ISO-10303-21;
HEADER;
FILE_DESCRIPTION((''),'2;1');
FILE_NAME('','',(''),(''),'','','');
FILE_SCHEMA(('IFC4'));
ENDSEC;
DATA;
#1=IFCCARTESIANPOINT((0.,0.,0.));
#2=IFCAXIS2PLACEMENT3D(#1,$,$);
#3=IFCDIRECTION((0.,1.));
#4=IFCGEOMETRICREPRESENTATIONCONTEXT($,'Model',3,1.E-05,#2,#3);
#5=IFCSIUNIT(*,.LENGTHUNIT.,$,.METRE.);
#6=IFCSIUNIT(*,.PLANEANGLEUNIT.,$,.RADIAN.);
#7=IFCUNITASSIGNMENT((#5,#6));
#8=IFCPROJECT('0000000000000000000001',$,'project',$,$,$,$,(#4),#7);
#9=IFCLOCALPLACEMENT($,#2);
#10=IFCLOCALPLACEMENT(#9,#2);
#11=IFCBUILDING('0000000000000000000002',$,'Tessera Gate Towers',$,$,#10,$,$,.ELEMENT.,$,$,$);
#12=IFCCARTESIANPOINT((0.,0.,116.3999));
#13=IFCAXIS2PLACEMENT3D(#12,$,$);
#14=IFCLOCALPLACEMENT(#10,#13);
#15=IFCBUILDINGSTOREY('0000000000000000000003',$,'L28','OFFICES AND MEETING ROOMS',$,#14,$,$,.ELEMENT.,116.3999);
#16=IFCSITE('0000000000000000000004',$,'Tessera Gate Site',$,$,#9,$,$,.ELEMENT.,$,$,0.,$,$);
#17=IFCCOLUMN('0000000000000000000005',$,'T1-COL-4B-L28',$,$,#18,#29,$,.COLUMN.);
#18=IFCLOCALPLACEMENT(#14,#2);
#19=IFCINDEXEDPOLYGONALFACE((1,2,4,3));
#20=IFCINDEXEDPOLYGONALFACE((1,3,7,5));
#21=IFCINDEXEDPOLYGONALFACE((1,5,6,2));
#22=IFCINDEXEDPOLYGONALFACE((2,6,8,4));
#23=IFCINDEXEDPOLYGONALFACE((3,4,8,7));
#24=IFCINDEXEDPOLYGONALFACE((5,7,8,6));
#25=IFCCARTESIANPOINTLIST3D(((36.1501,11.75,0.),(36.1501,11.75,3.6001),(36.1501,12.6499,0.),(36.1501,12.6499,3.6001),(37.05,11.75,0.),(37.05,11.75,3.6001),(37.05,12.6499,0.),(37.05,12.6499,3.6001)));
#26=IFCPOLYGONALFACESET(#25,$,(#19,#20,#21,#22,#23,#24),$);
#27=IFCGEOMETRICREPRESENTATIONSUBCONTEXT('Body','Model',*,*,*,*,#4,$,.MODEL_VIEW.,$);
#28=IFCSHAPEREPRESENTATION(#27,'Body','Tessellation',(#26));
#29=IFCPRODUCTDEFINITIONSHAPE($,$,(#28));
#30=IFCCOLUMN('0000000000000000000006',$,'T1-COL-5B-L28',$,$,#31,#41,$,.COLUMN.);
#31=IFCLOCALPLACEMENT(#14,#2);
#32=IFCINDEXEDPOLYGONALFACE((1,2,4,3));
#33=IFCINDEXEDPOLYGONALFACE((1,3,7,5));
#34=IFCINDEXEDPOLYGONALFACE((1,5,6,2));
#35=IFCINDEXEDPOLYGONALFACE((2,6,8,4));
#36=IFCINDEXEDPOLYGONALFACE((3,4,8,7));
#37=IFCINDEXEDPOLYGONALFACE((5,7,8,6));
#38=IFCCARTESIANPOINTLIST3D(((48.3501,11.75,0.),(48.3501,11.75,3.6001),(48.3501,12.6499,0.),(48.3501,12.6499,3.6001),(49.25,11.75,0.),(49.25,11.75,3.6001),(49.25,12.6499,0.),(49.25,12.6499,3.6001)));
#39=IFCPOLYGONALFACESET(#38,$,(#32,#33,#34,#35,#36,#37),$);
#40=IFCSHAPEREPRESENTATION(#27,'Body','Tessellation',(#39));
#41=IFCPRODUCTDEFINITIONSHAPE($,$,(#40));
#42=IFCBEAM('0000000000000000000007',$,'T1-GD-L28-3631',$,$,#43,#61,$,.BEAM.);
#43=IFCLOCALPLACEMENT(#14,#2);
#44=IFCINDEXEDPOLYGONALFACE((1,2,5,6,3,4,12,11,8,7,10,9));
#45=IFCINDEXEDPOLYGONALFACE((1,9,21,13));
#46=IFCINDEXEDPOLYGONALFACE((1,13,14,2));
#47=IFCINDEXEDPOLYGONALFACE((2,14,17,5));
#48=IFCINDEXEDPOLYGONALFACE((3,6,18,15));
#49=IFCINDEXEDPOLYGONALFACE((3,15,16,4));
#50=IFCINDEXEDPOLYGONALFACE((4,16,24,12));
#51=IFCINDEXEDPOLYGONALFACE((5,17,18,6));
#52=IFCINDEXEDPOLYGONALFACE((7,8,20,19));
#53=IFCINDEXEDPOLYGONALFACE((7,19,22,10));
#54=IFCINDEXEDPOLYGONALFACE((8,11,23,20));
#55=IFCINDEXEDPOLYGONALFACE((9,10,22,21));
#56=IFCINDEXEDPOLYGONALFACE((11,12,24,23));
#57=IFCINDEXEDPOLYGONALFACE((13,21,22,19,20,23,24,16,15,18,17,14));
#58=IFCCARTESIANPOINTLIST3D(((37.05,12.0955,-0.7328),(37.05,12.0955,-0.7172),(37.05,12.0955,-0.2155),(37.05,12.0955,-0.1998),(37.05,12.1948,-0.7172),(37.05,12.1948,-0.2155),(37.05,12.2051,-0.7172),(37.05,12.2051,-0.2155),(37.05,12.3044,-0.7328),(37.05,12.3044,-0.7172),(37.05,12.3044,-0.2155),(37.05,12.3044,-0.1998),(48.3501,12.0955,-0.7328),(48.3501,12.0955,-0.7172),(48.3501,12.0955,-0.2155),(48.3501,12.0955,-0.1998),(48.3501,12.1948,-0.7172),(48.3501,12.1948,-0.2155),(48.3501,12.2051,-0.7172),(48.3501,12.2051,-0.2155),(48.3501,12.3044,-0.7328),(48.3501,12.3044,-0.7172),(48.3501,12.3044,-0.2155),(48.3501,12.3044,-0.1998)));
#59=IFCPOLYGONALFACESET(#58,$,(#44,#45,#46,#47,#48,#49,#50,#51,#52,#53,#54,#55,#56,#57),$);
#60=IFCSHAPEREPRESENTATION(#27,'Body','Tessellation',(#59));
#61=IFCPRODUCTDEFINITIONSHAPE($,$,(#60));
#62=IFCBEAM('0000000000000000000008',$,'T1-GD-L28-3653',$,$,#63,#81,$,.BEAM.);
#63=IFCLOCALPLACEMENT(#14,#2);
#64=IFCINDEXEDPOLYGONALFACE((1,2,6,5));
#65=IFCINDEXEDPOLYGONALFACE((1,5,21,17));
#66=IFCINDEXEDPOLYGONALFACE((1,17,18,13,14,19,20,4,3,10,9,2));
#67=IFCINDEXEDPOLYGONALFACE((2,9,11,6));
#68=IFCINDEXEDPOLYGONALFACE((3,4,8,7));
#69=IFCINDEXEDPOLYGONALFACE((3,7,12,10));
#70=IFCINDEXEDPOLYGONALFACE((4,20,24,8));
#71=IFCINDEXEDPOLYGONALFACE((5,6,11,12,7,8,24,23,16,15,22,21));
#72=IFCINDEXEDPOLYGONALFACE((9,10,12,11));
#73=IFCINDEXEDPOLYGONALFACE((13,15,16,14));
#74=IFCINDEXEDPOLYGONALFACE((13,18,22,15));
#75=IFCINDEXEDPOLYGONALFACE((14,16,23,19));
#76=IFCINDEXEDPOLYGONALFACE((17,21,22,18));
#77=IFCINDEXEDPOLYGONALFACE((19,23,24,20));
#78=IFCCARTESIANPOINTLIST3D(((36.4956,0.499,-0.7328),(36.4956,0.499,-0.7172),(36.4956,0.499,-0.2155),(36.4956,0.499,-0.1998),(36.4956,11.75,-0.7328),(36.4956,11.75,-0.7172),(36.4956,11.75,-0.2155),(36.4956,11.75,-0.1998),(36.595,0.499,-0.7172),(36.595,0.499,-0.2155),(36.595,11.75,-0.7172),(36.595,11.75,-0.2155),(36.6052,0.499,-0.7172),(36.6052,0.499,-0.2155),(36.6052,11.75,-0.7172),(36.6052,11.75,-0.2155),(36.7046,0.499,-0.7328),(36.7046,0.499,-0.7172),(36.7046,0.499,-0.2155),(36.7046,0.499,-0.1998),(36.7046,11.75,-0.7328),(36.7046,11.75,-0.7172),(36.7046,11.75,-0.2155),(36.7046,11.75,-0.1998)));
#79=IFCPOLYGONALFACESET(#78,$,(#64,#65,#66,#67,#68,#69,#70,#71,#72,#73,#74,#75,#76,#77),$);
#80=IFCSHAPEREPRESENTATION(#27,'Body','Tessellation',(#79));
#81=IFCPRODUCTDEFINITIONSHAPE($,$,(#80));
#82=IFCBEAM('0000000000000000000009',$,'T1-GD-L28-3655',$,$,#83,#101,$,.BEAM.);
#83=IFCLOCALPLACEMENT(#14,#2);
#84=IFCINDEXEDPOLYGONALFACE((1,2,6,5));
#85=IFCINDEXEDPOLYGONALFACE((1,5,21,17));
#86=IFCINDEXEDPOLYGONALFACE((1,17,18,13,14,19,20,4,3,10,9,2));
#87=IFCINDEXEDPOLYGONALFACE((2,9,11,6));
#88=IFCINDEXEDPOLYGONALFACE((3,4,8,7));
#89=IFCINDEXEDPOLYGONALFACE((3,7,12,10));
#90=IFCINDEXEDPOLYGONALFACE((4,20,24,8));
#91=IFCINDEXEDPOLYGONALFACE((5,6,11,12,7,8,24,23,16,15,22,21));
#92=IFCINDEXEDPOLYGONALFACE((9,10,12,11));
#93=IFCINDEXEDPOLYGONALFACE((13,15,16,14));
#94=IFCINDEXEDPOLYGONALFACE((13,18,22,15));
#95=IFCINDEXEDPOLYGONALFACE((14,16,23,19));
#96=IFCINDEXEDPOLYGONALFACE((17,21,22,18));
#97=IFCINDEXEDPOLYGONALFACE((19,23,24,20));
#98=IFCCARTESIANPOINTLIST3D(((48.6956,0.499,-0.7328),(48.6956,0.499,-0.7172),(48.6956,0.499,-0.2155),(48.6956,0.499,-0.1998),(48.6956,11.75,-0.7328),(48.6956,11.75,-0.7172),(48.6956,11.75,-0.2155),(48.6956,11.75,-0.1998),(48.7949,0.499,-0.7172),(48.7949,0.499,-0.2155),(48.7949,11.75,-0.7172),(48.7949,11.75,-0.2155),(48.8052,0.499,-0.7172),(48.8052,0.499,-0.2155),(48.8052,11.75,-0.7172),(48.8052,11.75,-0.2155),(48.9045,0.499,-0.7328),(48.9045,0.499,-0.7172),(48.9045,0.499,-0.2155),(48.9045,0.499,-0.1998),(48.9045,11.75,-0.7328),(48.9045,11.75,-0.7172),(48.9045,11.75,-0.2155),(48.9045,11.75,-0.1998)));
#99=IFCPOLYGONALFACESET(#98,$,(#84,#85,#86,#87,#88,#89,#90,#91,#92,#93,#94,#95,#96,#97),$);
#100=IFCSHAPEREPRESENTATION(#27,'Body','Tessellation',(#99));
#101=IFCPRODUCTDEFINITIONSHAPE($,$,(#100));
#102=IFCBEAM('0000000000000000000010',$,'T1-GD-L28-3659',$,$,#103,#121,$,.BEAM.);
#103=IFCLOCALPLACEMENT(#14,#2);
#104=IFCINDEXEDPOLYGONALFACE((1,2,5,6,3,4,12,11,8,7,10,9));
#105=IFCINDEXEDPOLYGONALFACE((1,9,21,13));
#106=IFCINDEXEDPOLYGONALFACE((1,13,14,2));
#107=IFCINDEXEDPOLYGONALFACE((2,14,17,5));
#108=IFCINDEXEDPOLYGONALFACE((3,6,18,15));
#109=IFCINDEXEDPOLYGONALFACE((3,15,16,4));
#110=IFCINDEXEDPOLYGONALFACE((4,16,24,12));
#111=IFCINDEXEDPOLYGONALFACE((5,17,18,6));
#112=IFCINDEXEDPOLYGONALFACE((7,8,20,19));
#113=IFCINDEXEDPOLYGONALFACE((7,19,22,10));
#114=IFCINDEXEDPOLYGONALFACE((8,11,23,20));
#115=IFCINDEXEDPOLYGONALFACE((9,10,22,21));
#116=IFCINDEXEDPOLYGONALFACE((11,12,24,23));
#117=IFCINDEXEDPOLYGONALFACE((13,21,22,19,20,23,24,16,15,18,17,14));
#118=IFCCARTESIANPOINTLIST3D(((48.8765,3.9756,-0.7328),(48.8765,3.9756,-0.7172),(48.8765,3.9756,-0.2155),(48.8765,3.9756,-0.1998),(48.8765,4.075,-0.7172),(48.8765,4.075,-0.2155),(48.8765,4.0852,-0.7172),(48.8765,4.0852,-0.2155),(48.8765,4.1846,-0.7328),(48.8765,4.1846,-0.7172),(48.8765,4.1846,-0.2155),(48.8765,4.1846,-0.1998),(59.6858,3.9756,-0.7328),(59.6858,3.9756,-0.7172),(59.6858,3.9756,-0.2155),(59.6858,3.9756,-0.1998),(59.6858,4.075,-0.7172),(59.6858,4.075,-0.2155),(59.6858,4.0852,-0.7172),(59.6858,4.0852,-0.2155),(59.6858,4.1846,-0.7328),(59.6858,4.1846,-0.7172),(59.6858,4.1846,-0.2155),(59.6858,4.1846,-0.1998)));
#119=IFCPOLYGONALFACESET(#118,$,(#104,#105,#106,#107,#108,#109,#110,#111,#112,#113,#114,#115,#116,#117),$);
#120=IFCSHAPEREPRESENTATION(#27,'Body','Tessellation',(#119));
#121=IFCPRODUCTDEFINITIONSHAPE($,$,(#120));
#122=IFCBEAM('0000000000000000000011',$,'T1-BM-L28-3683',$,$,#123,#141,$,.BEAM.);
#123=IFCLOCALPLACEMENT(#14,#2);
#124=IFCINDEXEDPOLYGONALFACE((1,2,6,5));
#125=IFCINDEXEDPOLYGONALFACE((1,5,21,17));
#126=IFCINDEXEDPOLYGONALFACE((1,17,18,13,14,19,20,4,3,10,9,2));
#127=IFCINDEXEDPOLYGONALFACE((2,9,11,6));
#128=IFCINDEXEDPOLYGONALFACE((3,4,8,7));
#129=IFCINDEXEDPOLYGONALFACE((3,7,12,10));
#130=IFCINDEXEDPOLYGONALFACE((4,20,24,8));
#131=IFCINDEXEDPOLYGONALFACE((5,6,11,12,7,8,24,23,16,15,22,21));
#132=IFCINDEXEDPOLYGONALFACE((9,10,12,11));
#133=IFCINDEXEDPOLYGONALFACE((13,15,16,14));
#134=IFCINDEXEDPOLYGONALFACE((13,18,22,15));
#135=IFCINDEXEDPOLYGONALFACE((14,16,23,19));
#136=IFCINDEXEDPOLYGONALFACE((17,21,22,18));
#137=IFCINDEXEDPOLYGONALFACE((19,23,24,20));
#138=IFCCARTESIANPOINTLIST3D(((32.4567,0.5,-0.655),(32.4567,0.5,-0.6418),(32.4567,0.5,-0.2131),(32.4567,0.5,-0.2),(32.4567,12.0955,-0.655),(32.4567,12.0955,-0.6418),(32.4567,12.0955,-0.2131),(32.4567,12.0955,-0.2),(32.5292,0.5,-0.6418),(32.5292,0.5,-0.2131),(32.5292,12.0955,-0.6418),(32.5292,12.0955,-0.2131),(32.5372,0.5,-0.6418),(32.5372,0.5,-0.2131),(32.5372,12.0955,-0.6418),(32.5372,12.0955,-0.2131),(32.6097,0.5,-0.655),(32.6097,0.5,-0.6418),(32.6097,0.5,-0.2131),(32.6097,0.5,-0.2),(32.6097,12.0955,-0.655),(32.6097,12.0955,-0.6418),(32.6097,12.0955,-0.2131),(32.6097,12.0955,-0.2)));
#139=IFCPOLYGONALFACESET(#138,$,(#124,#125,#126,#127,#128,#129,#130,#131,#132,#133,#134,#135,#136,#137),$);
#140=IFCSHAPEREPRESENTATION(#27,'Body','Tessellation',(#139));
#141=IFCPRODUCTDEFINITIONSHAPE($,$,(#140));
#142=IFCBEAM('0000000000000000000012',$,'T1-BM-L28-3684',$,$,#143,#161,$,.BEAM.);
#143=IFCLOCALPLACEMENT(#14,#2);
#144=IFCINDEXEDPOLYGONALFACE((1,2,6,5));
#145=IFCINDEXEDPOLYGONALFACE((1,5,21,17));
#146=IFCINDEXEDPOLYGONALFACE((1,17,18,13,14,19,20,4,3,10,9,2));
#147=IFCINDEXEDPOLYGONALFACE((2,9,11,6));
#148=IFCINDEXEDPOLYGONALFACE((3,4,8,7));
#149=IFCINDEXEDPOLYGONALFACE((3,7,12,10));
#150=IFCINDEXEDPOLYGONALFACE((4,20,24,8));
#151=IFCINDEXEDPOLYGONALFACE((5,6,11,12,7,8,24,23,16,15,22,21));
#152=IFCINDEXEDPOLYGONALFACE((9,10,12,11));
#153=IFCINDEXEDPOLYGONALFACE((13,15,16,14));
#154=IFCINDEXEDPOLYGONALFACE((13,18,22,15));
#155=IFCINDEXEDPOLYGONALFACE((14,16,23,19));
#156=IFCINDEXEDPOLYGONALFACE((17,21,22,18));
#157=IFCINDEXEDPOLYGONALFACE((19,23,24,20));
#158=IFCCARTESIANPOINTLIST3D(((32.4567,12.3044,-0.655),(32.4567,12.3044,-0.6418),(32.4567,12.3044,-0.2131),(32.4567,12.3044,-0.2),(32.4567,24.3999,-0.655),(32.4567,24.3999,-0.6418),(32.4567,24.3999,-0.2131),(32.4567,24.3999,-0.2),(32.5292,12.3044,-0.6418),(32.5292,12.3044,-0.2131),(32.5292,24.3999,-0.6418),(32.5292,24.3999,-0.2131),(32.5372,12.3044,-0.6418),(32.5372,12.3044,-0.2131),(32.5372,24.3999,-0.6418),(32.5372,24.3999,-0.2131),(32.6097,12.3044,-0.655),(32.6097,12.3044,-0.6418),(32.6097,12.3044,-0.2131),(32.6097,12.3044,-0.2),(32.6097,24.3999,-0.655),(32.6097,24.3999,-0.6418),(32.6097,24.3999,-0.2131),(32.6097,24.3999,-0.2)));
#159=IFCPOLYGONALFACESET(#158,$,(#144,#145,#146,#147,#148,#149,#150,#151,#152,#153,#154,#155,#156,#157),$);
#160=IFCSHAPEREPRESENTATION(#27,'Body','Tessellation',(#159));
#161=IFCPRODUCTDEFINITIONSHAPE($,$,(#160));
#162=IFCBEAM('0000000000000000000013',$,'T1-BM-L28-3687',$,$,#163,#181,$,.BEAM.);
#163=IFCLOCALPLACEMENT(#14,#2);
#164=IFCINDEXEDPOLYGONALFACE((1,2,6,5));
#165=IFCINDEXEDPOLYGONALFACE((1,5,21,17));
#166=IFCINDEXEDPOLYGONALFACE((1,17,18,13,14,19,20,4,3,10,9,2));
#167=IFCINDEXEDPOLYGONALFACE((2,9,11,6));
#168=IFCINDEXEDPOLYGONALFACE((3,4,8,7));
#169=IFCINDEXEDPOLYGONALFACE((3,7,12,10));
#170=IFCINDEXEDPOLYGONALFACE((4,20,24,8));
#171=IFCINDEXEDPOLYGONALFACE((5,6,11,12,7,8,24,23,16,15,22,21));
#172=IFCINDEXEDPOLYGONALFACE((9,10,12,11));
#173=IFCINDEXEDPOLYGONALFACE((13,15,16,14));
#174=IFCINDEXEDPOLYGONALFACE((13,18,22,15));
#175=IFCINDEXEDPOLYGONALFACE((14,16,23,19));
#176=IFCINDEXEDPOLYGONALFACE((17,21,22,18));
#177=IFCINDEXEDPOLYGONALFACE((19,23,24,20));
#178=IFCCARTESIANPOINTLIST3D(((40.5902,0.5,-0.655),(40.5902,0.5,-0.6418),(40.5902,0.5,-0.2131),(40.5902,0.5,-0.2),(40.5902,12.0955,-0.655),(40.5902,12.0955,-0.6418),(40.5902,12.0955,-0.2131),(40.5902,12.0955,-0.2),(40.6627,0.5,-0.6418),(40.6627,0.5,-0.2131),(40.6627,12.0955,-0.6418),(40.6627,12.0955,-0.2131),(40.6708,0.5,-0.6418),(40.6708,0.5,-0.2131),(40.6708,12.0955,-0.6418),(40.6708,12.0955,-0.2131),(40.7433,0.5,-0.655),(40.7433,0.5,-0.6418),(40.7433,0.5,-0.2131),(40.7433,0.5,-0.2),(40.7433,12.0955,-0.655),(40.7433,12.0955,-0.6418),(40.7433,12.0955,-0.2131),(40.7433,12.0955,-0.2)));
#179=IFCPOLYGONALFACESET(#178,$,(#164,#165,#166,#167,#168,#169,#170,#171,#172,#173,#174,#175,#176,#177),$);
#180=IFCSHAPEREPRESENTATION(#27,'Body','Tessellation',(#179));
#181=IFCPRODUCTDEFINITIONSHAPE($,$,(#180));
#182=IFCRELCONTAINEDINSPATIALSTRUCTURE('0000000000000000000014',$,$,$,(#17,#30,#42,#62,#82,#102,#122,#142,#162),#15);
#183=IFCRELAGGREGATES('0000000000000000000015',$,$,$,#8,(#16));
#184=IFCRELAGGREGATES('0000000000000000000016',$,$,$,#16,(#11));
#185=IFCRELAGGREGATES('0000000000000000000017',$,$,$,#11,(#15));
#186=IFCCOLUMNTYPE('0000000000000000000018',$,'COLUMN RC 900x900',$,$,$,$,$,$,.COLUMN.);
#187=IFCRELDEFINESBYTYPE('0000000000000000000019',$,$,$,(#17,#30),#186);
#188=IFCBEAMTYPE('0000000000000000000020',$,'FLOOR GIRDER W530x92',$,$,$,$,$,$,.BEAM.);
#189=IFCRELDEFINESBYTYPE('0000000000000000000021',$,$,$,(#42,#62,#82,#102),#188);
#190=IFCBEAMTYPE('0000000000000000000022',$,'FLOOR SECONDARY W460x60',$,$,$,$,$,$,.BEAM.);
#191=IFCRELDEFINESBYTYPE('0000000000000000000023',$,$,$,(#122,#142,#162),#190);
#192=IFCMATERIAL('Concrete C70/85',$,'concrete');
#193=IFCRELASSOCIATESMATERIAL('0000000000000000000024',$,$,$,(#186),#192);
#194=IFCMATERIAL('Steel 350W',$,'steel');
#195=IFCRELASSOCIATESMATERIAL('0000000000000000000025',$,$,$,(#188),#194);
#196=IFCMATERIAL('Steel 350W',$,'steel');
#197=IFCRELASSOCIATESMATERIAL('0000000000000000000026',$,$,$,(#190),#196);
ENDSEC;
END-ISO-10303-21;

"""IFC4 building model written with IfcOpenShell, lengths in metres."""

from ifc_helpers import new_model, si_unit, direction, frame, origin, origin_2d, place, context, subcontext, project, spatial, rectangle, i_section, extrude, material, material_profile, profile_set, type_object, element, save


model = new_model("IFC4")

# Units and contexts
model_context = context("Model", 3, precision=1e-05, world=origin(), true_north=direction((0.0, 1.0)))
body_context = subcontext(model_context, "Body", "Model", "MODEL_VIEW")
ifc_project = project(units=[si_unit("LENGTHUNIT", "METRE"), si_unit("PLANEANGLEUNIT", "RADIAN")], contexts=[model_context])

# Site, building, storey
site_placement = place(None, origin())
site = spatial("IfcSite", under=ifc_project, at=site_placement, Name="Tessera Gate Site", CompositionType="ELEMENT", RefElevation=0.0)
building_placement = place(site_placement, origin())
building = spatial("IfcBuilding", under=site, at=building_placement, Name="Tessera Gate Towers", CompositionType="ELEMENT")
storey_placement = place(building_placement, frame((0.0, 0.0, 116.3999)))
storey = spatial("IfcBuildingStorey", under=building, at=storey_placement, Name="L28", Description="OFFICES AND MEETING ROOMS", CompositionType="ELEMENT", Elevation=116.3999)

# Columns
ifc_material_1 = material(Name="Concrete C70/85", Category="concrete")
ifc_material_profile_1 = material_profile(ifc_material_1, rectangle(XDim=0.8999, YDim=0.8999, at=origin_2d()), Name="RC 900x900")
ifc_profile_set_1 = profile_set([ifc_material_profile_1], Name="Concrete C70/85")
column_type = type_object("IfcColumnType", Name="COLUMN RC 900x900", PredefinedType="COLUMN", material=ifc_profile_set_1)
for number, where, z_axis, x_axis, name in (
    (1, (36.6001, 12.2, 0.0), (0.0, 0.0, 1.0), (1.0, 0.0, 0.0), "T1-COL-4B-L28"),
    (2, (48.8, 12.2, 0.0), (0.0, 0.0, 1.0), (1.0, 0.0, 0.0), "T1-COL-5B-L28"),
):
    element("IfcColumn", number, at=place(storey_placement, frame(where, z_axis=z_axis, x_axis=x_axis)), inside=storey, type_object=column_type, Name=name, PredefinedType="COLUMN", context=body_context, shape_type="SweptSolid", body=[
        extrude(rectangle(XDim=0.8999, YDim=0.8999, at=origin_2d()), origin(), (0.0, 0.0, 1.0), 3.6001),
    ])

# Beams
ifc_material_2 = material(Name="Steel 350W", Category="steel")
ifc_material_profile_2 = material_profile(ifc_material_2, i_section(OverallWidth=0.209, OverallDepth=0.533, WebThickness=0.0103, FlangeThickness=0.0156, at=origin_2d()), Name="W530x92")
ifc_profile_set_2 = profile_set([ifc_material_profile_2], Name="Steel 350W")
beam_type_1 = type_object("IfcBeamType", Name="FLOOR GIRDER W530x92", PredefinedType="BEAM", material=ifc_profile_set_2)
beam_1_placement = place(storey_placement, frame((37.05, 12.2, -0.4663), z_axis=(1.0, 0.0, 0.0), x_axis=(0.0, 1.0, 0.0)))
element("IfcBeam", 3, at=beam_1_placement, inside=storey, type_object=beam_type_1, Name="T1-GD-L28-3631", PredefinedType="BEAM", context=body_context, shape_type="SweptSolid", body=[
    extrude(i_section(OverallWidth=0.209, OverallDepth=0.533, WebThickness=0.0103, FlangeThickness=0.0156, at=origin_2d()), origin(), (0.0, 0.0, 1.0), 11.3),
])
for number, where, z_axis, x_axis, name in (
    (4, (36.6001, 0.499, -0.4663), (0.0, 1.0, 0.0), (-1.0, 0.0, 0.0), "T1-GD-L28-3653"),
    (5, (48.8, 0.499, -0.4663), (0.0, 1.0, 0.0), (-1.0, 0.0, 0.0), "T1-GD-L28-3655"),
):
    element("IfcBeam", number, at=place(storey_placement, frame(where, z_axis=z_axis, x_axis=x_axis)), inside=storey, type_object=beam_type_1, Name=name, PredefinedType="BEAM", context=body_context, shape_type="SweptSolid", body=[
        extrude(i_section(OverallWidth=0.209, OverallDepth=0.533, WebThickness=0.0103, FlangeThickness=0.0156, at=origin_2d()), origin(), (0.0, 0.0, 1.0), 11.251),
    ])
beam_2_placement = place(storey_placement, frame((48.8765, 4.0801, -0.4663), z_axis=(1.0, 0.0, 0.0), x_axis=(0.0, 1.0, 0.0)))
element("IfcBeam", 6, at=beam_2_placement, inside=storey, type_object=beam_type_1, Name="T1-GD-L28-3659", PredefinedType="BEAM", context=body_context, shape_type="SweptSolid", body=[
    extrude(i_section(OverallWidth=0.209, OverallDepth=0.533, WebThickness=0.0103, FlangeThickness=0.0156, at=origin_2d()), origin(), (0.0, 0.0, 1.0), 10.8093),
])
ifc_material_3 = material(Name="Steel 350W", Category="steel")
ifc_material_profile_3 = material_profile(ifc_material_3, i_section(OverallWidth=0.1531, OverallDepth=0.4551, WebThickness=0.0081, FlangeThickness=0.0132, at=origin_2d()), Name="W460x60")
ifc_profile_set_3 = profile_set([ifc_material_profile_3], Name="Steel 350W")
beam_type_2 = type_object("IfcBeamType", Name="FLOOR SECONDARY W460x60", PredefinedType="BEAM", material=ifc_profile_set_3)
beam_3_placement = place(storey_placement, frame((32.5332, 0.5, -0.4275), z_axis=(0.0, 1.0, 0.0), x_axis=(-1.0, 0.0, 0.0)))
element("IfcBeam", 7, at=beam_3_placement, inside=storey, type_object=beam_type_2, Name="T1-BM-L28-3683", PredefinedType="BEAM", context=body_context, shape_type="SweptSolid", body=[
    extrude(i_section(OverallWidth=0.1531, OverallDepth=0.4551, WebThickness=0.0081, FlangeThickness=0.0132, at=origin_2d()), origin(), (0.0, 0.0, 1.0), 11.5955),
])
beam_4_placement = place(storey_placement, frame((32.5332, 12.3044, -0.4275), z_axis=(0.0, 1.0, 0.0), x_axis=(-1.0, 0.0, 0.0)))
element("IfcBeam", 8, at=beam_4_placement, inside=storey, type_object=beam_type_2, Name="T1-BM-L28-3684", PredefinedType="BEAM", context=body_context, shape_type="SweptSolid", body=[
    extrude(i_section(OverallWidth=0.1531, OverallDepth=0.4551, WebThickness=0.0081, FlangeThickness=0.0132, at=origin_2d()), origin(), (0.0, 0.0, 1.0), 12.0955),
])
beam_5_placement = place(storey_placement, frame((40.6667, 0.5, -0.4275), z_axis=(0.0, 1.0, 0.0), x_axis=(-1.0, 0.0, 0.0)))
element("IfcBeam", 9, at=beam_5_placement, inside=storey, type_object=beam_type_2, Name="T1-BM-L28-3687", PredefinedType="BEAM", context=body_context, shape_type="SweptSolid", body=[
    extrude(i_section(OverallWidth=0.1531, OverallDepth=0.4551, WebThickness=0.0081, FlangeThickness=0.0132, at=origin_2d()), origin(), (0.0, 0.0, 1.0), 11.5955),
])

save(model, "model.ifc")
